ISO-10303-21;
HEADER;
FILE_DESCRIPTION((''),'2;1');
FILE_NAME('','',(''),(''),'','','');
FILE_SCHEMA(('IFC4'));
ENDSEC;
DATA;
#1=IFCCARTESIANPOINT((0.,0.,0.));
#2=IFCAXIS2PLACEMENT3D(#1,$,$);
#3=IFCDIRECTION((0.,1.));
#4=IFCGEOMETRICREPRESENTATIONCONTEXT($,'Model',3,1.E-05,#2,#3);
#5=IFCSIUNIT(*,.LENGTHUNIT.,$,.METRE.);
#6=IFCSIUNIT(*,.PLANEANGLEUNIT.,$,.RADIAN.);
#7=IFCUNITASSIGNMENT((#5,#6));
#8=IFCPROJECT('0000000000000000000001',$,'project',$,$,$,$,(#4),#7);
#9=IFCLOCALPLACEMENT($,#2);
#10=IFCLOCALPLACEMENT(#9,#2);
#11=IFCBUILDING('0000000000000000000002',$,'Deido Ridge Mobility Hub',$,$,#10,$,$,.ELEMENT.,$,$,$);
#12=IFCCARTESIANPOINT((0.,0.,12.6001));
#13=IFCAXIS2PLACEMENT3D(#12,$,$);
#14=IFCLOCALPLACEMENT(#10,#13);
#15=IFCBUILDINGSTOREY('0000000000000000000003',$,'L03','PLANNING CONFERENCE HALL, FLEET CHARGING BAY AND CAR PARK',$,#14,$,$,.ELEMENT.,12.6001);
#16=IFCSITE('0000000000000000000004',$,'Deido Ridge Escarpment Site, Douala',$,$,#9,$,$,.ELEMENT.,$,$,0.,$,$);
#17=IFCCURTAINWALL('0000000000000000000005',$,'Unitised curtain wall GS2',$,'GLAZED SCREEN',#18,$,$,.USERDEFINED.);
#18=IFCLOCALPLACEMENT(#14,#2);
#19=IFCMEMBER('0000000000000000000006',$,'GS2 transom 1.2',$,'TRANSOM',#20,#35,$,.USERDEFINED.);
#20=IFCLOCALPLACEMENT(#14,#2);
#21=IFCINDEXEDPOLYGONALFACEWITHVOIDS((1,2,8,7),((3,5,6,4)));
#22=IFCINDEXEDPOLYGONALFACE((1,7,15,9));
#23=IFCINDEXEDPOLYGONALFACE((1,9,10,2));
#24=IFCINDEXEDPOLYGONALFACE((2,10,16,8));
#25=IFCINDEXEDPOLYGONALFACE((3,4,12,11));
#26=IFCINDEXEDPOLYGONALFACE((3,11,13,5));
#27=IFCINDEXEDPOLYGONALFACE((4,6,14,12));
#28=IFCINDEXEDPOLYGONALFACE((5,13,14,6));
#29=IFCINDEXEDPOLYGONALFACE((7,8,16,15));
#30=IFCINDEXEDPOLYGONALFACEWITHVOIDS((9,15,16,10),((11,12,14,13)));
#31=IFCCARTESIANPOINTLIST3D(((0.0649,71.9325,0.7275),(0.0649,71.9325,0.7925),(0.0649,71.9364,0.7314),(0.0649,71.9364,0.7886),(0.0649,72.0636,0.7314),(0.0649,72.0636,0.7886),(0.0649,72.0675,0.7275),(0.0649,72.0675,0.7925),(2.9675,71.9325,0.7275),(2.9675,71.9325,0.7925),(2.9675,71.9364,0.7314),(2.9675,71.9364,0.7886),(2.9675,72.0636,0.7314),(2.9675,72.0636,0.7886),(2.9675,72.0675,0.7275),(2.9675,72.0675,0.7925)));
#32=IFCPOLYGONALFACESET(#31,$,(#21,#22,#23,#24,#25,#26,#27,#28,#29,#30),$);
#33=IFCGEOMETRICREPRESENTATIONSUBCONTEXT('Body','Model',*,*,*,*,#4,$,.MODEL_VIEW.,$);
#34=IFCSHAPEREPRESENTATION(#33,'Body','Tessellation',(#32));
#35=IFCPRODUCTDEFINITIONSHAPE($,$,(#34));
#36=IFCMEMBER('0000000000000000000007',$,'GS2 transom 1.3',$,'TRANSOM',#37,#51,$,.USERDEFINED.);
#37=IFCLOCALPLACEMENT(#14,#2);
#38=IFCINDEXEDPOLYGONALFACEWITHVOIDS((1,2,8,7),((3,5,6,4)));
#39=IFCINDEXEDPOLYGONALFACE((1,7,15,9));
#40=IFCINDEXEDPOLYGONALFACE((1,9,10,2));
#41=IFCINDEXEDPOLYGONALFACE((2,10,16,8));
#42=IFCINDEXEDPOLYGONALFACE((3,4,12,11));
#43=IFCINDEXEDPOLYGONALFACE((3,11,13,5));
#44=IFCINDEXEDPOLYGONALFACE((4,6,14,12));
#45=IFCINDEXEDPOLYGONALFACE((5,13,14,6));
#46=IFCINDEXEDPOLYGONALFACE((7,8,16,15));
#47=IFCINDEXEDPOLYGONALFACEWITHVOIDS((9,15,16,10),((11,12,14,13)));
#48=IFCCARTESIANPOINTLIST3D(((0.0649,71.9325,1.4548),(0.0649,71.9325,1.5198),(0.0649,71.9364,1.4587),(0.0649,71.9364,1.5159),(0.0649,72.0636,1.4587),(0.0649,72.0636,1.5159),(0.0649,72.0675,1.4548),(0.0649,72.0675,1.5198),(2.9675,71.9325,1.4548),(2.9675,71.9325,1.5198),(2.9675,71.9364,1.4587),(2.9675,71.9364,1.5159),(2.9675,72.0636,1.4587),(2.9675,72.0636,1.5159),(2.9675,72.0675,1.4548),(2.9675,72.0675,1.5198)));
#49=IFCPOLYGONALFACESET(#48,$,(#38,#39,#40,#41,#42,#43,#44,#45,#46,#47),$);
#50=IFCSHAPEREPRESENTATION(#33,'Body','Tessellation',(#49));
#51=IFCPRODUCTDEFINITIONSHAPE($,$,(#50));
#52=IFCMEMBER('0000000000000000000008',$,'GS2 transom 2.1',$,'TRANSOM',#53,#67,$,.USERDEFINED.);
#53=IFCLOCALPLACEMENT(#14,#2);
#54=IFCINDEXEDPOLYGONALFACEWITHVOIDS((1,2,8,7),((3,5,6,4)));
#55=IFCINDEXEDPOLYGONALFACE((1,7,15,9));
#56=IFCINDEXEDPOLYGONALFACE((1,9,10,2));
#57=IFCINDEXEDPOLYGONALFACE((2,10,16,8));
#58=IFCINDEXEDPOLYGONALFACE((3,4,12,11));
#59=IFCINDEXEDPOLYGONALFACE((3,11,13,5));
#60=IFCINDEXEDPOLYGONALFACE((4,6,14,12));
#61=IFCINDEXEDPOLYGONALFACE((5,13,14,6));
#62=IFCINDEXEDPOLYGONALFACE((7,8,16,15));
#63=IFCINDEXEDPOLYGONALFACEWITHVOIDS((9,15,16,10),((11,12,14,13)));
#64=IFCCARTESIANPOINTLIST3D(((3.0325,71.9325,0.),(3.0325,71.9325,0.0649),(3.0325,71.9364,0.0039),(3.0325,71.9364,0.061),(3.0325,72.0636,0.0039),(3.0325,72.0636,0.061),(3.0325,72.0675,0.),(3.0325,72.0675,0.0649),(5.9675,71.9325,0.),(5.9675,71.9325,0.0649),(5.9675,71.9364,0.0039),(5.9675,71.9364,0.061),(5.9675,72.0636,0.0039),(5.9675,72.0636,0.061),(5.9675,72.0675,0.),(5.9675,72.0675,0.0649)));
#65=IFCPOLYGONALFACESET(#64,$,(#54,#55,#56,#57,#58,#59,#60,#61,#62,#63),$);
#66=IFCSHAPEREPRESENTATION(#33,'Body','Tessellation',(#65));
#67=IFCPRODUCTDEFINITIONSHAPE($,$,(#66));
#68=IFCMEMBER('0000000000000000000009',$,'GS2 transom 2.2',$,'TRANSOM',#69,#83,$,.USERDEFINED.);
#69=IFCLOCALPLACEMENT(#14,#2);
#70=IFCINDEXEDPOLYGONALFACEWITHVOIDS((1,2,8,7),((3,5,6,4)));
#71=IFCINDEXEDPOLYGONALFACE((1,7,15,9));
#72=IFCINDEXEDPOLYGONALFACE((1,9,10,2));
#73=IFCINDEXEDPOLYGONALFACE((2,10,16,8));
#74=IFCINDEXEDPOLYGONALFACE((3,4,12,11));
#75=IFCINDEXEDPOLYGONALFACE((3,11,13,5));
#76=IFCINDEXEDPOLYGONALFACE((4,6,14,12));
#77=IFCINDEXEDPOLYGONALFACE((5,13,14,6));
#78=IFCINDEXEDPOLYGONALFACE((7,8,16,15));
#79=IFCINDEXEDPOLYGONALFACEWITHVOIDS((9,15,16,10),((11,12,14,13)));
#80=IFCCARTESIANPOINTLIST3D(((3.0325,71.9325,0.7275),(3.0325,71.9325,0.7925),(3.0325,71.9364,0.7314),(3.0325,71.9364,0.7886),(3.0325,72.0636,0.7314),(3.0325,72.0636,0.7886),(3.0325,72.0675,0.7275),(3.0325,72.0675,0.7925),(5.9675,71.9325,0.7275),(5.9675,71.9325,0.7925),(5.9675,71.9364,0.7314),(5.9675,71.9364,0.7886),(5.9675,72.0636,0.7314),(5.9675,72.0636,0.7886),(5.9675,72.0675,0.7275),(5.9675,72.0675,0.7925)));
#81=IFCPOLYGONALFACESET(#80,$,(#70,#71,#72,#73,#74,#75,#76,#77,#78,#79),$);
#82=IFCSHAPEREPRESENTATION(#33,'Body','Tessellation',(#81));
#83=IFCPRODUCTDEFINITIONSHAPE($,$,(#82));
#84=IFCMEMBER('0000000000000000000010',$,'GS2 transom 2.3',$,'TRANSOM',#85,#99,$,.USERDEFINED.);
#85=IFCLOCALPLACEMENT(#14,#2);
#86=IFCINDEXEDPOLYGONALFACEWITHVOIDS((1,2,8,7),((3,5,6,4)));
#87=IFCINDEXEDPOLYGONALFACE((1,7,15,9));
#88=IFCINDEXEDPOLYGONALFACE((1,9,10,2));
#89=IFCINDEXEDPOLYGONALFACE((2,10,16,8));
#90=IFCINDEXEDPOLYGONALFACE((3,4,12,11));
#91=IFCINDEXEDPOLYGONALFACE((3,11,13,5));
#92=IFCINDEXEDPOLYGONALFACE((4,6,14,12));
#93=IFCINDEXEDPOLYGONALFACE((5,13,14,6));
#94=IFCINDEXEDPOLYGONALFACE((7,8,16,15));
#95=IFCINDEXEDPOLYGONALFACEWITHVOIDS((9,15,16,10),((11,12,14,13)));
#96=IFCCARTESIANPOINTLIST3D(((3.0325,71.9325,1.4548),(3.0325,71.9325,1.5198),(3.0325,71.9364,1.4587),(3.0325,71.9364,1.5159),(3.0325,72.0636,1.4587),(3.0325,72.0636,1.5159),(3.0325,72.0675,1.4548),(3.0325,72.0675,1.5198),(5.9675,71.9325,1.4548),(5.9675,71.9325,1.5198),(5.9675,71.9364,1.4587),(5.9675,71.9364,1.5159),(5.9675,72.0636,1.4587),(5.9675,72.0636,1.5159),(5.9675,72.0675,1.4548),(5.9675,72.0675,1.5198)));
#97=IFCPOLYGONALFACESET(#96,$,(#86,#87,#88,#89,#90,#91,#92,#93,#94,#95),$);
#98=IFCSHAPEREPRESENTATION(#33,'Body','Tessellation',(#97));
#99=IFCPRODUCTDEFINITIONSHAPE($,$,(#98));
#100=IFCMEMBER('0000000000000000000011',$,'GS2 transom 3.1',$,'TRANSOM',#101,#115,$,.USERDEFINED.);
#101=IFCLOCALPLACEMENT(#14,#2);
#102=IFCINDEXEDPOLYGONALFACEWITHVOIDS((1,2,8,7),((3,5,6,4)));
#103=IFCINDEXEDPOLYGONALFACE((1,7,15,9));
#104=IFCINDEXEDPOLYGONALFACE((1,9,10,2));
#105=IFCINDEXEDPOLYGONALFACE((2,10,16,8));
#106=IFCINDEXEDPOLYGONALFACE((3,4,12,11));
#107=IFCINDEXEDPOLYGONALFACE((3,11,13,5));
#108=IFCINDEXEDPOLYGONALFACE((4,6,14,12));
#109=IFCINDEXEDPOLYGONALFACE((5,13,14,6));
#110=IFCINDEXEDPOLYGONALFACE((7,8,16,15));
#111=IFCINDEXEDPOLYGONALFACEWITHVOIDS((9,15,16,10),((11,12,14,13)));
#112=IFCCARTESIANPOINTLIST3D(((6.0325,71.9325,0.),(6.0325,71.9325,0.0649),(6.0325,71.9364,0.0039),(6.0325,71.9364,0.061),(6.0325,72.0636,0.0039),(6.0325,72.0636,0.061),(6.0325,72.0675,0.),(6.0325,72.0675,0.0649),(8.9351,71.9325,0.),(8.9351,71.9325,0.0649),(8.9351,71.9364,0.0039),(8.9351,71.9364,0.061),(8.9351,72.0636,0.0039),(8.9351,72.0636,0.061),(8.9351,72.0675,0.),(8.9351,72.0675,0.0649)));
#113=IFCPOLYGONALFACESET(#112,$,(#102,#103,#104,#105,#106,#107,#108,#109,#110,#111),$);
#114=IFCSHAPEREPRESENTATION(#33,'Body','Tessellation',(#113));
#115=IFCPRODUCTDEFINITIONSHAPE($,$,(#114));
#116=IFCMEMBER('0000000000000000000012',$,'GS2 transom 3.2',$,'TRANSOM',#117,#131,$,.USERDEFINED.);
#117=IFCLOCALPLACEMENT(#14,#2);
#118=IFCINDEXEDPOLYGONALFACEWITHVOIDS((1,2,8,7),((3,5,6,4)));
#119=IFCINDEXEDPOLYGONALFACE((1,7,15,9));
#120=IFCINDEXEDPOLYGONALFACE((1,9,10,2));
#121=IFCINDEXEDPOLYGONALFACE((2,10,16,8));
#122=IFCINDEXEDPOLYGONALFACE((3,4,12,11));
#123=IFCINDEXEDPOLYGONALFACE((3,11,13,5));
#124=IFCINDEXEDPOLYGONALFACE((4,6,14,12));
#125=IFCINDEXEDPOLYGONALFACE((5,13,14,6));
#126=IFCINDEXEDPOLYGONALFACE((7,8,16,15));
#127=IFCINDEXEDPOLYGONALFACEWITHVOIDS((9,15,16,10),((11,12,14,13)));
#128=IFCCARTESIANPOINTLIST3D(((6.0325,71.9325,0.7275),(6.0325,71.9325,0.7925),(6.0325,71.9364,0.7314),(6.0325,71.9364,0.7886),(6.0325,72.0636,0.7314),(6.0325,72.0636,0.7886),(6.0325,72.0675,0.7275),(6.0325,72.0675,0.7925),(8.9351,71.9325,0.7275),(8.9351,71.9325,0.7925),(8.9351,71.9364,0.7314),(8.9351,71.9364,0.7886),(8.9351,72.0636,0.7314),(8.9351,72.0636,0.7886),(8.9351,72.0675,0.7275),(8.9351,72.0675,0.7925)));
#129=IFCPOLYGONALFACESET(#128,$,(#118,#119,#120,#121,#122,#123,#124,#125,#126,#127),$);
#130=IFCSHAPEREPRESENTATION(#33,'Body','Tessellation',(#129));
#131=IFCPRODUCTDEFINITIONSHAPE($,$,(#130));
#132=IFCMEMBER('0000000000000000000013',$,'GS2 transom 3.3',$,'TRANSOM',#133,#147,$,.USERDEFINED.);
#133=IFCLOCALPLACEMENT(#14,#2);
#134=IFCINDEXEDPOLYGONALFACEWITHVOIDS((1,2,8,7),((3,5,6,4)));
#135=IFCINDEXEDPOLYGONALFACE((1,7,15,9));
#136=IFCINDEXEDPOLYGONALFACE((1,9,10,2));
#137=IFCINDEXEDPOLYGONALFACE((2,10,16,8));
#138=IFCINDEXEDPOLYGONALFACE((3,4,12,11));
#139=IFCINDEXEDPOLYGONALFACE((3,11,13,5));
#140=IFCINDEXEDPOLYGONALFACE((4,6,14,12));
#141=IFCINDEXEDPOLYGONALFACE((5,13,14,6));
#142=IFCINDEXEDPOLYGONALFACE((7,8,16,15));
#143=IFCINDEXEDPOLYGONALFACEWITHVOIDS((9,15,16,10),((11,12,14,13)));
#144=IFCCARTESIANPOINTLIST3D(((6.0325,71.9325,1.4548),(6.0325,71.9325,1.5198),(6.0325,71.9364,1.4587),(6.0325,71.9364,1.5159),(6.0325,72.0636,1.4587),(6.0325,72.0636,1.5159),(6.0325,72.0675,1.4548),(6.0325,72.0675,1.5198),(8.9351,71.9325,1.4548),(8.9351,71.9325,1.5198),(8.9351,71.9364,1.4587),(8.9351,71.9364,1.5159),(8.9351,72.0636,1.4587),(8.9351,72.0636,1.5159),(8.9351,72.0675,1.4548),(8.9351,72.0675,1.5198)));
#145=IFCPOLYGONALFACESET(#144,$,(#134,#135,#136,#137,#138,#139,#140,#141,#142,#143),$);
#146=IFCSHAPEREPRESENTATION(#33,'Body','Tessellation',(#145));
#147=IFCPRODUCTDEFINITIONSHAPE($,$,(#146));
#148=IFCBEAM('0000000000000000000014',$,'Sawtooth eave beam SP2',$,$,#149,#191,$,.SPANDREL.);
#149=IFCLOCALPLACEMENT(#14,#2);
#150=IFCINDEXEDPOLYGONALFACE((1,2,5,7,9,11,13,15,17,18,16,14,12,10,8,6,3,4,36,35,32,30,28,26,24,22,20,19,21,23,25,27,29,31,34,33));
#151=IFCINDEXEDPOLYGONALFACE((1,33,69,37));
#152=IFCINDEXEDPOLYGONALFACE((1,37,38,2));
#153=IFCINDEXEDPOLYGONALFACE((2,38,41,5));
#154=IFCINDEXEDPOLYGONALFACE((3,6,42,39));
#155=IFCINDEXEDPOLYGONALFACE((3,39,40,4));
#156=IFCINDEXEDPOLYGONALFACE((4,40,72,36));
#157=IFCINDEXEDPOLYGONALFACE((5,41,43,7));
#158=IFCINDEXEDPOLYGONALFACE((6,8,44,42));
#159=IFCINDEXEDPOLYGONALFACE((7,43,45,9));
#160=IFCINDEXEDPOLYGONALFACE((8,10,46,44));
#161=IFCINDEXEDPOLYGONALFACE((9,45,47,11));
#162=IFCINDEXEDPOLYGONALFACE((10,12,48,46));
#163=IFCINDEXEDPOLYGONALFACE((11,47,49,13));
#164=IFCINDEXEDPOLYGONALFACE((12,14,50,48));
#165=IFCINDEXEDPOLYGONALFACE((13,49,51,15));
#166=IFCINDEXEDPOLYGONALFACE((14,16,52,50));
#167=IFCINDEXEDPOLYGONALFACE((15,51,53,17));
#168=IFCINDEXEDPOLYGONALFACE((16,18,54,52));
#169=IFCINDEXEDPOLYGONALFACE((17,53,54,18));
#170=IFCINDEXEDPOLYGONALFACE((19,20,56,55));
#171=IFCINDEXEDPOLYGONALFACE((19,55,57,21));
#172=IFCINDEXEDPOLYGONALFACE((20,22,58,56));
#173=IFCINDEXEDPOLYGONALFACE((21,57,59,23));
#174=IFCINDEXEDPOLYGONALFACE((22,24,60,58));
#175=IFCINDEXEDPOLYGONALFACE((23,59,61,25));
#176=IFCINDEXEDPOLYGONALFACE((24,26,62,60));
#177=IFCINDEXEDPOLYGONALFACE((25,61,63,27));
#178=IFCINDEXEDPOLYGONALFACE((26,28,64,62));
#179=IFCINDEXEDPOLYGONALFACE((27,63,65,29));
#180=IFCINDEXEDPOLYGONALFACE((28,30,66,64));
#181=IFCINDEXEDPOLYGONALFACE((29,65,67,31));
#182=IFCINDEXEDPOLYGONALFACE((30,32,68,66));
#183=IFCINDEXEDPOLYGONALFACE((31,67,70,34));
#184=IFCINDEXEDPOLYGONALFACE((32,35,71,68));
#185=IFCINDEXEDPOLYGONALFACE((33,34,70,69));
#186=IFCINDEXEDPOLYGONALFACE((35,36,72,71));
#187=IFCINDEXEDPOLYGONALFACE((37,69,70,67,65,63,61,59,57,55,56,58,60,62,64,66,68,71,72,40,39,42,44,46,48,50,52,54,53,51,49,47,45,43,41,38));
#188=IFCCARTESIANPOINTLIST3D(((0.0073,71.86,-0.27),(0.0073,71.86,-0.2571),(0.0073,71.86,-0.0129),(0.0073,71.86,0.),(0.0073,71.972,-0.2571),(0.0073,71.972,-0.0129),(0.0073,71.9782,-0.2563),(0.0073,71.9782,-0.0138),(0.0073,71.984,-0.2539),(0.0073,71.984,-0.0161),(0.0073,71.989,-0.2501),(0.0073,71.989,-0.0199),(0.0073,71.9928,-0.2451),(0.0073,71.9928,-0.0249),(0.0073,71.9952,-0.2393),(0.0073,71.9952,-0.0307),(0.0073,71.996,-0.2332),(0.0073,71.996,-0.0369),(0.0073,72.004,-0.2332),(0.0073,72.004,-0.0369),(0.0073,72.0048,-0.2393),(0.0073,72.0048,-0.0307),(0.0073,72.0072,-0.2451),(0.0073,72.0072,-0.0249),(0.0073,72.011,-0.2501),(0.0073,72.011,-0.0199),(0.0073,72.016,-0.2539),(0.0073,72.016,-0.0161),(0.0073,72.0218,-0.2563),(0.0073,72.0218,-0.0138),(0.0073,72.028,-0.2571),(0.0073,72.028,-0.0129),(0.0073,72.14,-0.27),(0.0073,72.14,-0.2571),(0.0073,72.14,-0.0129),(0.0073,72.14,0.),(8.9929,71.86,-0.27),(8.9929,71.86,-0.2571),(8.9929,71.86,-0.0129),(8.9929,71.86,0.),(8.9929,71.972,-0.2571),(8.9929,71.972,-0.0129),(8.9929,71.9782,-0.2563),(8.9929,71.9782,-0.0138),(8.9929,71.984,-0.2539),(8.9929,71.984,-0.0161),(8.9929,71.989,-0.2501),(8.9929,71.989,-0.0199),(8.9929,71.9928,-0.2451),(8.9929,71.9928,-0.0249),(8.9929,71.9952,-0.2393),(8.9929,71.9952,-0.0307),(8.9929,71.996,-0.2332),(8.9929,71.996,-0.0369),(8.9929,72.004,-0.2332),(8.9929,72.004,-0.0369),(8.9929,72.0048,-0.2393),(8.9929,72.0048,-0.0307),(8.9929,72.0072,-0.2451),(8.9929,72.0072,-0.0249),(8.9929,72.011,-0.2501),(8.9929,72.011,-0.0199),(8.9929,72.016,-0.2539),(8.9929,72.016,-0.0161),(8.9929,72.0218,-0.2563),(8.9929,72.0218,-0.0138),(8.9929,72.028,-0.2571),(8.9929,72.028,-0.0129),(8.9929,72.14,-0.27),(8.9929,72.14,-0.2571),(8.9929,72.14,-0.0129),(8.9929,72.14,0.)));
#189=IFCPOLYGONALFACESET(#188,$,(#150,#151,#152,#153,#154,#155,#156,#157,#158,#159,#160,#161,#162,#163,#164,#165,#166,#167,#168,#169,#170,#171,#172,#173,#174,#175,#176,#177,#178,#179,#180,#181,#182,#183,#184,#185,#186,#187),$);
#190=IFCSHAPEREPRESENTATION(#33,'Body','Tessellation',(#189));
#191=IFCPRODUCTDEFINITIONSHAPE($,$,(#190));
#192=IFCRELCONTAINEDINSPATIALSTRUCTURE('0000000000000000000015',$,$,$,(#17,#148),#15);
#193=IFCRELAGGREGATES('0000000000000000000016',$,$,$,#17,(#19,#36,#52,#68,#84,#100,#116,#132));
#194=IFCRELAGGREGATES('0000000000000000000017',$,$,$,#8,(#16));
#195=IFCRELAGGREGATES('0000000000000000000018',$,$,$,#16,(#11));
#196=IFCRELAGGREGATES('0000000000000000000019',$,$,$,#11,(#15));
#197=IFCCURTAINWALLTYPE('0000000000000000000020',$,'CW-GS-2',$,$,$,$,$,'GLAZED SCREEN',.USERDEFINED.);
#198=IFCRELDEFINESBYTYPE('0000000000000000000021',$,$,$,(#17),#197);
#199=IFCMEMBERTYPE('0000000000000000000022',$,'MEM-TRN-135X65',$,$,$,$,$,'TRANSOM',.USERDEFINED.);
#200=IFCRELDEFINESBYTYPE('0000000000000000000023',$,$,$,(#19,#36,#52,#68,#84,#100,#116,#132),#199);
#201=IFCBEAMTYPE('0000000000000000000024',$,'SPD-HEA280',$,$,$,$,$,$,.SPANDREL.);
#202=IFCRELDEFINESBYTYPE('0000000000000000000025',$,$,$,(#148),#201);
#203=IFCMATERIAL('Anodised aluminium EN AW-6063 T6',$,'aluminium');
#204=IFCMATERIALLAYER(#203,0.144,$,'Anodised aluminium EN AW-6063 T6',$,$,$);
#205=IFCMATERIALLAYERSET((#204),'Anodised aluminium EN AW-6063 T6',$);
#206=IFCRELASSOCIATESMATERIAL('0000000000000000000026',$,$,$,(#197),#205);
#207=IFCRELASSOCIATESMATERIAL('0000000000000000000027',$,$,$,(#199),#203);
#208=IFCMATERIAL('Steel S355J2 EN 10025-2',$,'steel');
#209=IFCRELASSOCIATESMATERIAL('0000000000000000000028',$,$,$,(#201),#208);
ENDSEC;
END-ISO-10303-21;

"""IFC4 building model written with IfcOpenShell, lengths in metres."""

from ifc_helpers import new_model, si_unit, direction, frame, origin, origin_2d, place, context, subcontext, project, spatial, hollow_rectangle, i_section, extrude, material, layer, layer_set, material_profile, profile_set, type_object, element, aggregate, save


model = new_model("IFC4")

# Units and contexts
model_context = context("Model", 3, precision=1e-05, world=origin(), true_north=direction((0.0, 1.0)))
body_context = subcontext(model_context, "Body", "Model", "MODEL_VIEW")
ifc_project = project(units=[si_unit("LENGTHUNIT", "METRE"), si_unit("PLANEANGLEUNIT", "RADIAN")], contexts=[model_context])

# Site, building, storey
site_placement = place(None, origin())
site = spatial("IfcSite", under=ifc_project, at=site_placement, Name="Deido Ridge Escarpment Site, Douala", CompositionType="ELEMENT", RefElevation=0.0)
building_placement = place(site_placement, origin())
building = spatial("IfcBuilding", under=site, at=building_placement, Name="Deido Ridge Mobility Hub", CompositionType="ELEMENT")
storey_placement = place(building_placement, frame((0.0, 0.0, 12.6001)))
storey = spatial("IfcBuildingStorey", under=building, at=storey_placement, Name="L03", Description="PLANNING CONFERENCE HALL, FLEET CHARGING BAY AND CAR PARK", CompositionType="ELEMENT", Elevation=12.6001)

# Curtain wall
ifc_material_1 = material(Name="Anodised aluminium EN AW-6063 T6", Category="aluminium")
ifc_layer_1 = layer(ifc_material_1, 0.144, Name="Anodised aluminium EN AW-6063 T6")
ifc_layer_set_1 = layer_set([ifc_layer_1], Name="Anodised aluminium EN AW-6063 T6")
curtain_wall_type = type_object("IfcCurtainWallType", Name="CW-GS-2", ElementType="GLAZED SCREEN", PredefinedType="USERDEFINED", material=ifc_layer_set_1)
curtain_wall_placement = place(storey_placement, origin())
curtain_wall = element("IfcCurtainWall", 1, at=curtain_wall_placement, inside=storey, type_object=curtain_wall_type, Name="Unitised curtain wall GS2", ObjectType="GLAZED SCREEN", PredefinedType="USERDEFINED")

# Members
ifc_material_profile_1 = material_profile(ifc_material_1, hollow_rectangle(XDim=0.135, YDim=0.0649, WallThickness=0.0039, at=origin_2d()), Name="RHS 135x65x4")
ifc_profile_set_1 = profile_set([ifc_material_profile_1], Name="Anodised aluminium EN AW-6063 T6")
member_type_1 = type_object("IfcMemberType", Name="MEM-TRN-135X65", ElementType="TRANSOM", PredefinedType="USERDEFINED", material=ifc_profile_set_1)
member_1_placement = place(storey_placement, frame((0.0649, 72.0, 0.76), z_axis=(1.0, 0.0, 0.0), x_axis=(0.0, 1.0, 0.0)))
member_1 = element("IfcMember", 2, at=member_1_placement, type_object=member_type_1, Name="GS2 transom 1.2", ObjectType="TRANSOM", PredefinedType="USERDEFINED", context=body_context, shape_type="SweptSolid", body=[
    extrude(hollow_rectangle(XDim=0.135, YDim=0.0649, WallThickness=0.0039, at=origin_2d()), origin(), (0.0, 0.0, 1.0), 2.9026),
])
member_2_placement = place(storey_placement, frame((0.0649, 72.0, 1.4873), z_axis=(1.0, 0.0, 0.0), x_axis=(0.0, 1.0, 0.0)))
member_2 = element("IfcMember", 3, at=member_2_placement, type_object=member_type_1, Name="GS2 transom 1.3", ObjectType="TRANSOM", PredefinedType="USERDEFINED", context=body_context, shape_type="SweptSolid", body=[
    extrude(hollow_rectangle(XDim=0.135, YDim=0.0649, WallThickness=0.0039, at=origin_2d()), origin(), (0.0, 0.0, 1.0), 2.9026),
])
member_3_placement = place(storey_placement, frame((3.0325, 72.0, 0.0325), z_axis=(1.0, 0.0, 0.0), x_axis=(0.0, 1.0, 0.0)))
member_3 = element("IfcMember", 4, at=member_3_placement, type_object=member_type_1, Name="GS2 transom 2.1", ObjectType="TRANSOM", PredefinedType="USERDEFINED", context=body_context, shape_type="SweptSolid", body=[
    extrude(hollow_rectangle(XDim=0.135, YDim=0.0649, WallThickness=0.0039, at=origin_2d()), origin(), (0.0, 0.0, 1.0), 2.9351),
])
member_4_placement = place(storey_placement, frame((3.0325, 72.0, 0.76), z_axis=(1.0, 0.0, 0.0), x_axis=(0.0, 1.0, 0.0)))
member_4 = element("IfcMember", 5, at=member_4_placement, type_object=member_type_1, Name="GS2 transom 2.2", ObjectType="TRANSOM", PredefinedType="USERDEFINED", context=body_context, shape_type="SweptSolid", body=[
    extrude(hollow_rectangle(XDim=0.135, YDim=0.0649, WallThickness=0.0039, at=origin_2d()), origin(), (0.0, 0.0, 1.0), 2.9351),
])
member_5_placement = place(storey_placement, frame((3.0325, 72.0, 1.4873), z_axis=(1.0, 0.0, 0.0), x_axis=(0.0, 1.0, 0.0)))
member_5 = element("IfcMember", 6, at=member_5_placement, type_object=member_type_1, Name="GS2 transom 2.3", ObjectType="TRANSOM", PredefinedType="USERDEFINED", context=body_context, shape_type="SweptSolid", body=[
    extrude(hollow_rectangle(XDim=0.135, YDim=0.0649, WallThickness=0.0039, at=origin_2d()), origin(), (0.0, 0.0, 1.0), 2.9351),
])
member_6_placement = place(storey_placement, frame((6.0325, 72.0, 0.0325), z_axis=(1.0, 0.0, 0.0), x_axis=(0.0, 1.0, 0.0)))
member_6 = element("IfcMember", 7, at=member_6_placement, type_object=member_type_1, Name="GS2 transom 3.1", ObjectType="TRANSOM", PredefinedType="USERDEFINED", context=body_context, shape_type="SweptSolid", body=[
    extrude(hollow_rectangle(XDim=0.135, YDim=0.0649, WallThickness=0.0039, at=origin_2d()), origin(), (0.0, 0.0, 1.0), 2.9026),
])
member_7_placement = place(storey_placement, frame((6.0325, 72.0, 0.76), z_axis=(1.0, 0.0, 0.0), x_axis=(0.0, 1.0, 0.0)))
member_7 = element("IfcMember", 8, at=member_7_placement, type_object=member_type_1, Name="GS2 transom 3.2", ObjectType="TRANSOM", PredefinedType="USERDEFINED", context=body_context, shape_type="SweptSolid", body=[
    extrude(hollow_rectangle(XDim=0.135, YDim=0.0649, WallThickness=0.0039, at=origin_2d()), origin(), (0.0, 0.0, 1.0), 2.9026),
])
member_8_placement = place(storey_placement, frame((6.0325, 72.0, 1.4873), z_axis=(1.0, 0.0, 0.0), x_axis=(0.0, 1.0, 0.0)))
member_8 = element("IfcMember", 9, at=member_8_placement, type_object=member_type_1, Name="GS2 transom 3.3", ObjectType="TRANSOM", PredefinedType="USERDEFINED", context=body_context, shape_type="SweptSolid", body=[
    extrude(hollow_rectangle(XDim=0.135, YDim=0.0649, WallThickness=0.0039, at=origin_2d()), origin(), (0.0, 0.0, 1.0), 2.9026),
])

# Beam
ifc_material_2 = material(Name="Steel S355J2 EN 10025-2", Category="steel")
ifc_material_profile_2 = material_profile(ifc_material_2, i_section(OverallWidth=0.28, OverallDepth=0.27, WebThickness=0.0081, FlangeThickness=0.0129, FilletRadius=0.0239, at=origin_2d()), Name="HEA 280")
ifc_profile_set_2 = profile_set([ifc_material_profile_2], Name="Steel S355J2 EN 10025-2")
beam_type_1 = type_object("IfcBeamType", Name="SPD-HEA280", PredefinedType="SPANDREL", material=ifc_profile_set_2)
beam_1_placement = place(storey_placement, frame((0.0073, 72.0, -0.135), z_axis=(1.0, 0.0, 0.0), x_axis=(0.0, 1.0, 0.0)))
element("IfcBeam", 10, at=beam_1_placement, inside=storey, type_object=beam_type_1, Name="Sawtooth eave beam SP2", PredefinedType="SPANDREL", context=body_context, shape_type="SweptSolid", body=[
    extrude(i_section(OverallWidth=0.28, OverallDepth=0.27, WebThickness=0.0081, FlangeThickness=0.0129, FilletRadius=0.0239, at=origin_2d()), origin(), (0.0, 0.0, 1.0), 8.9856),
])

aggregate(curtain_wall, [member_1, member_2, member_3, member_4, member_5, member_6, member_7, member_8])

save(model, "model.ifc")
